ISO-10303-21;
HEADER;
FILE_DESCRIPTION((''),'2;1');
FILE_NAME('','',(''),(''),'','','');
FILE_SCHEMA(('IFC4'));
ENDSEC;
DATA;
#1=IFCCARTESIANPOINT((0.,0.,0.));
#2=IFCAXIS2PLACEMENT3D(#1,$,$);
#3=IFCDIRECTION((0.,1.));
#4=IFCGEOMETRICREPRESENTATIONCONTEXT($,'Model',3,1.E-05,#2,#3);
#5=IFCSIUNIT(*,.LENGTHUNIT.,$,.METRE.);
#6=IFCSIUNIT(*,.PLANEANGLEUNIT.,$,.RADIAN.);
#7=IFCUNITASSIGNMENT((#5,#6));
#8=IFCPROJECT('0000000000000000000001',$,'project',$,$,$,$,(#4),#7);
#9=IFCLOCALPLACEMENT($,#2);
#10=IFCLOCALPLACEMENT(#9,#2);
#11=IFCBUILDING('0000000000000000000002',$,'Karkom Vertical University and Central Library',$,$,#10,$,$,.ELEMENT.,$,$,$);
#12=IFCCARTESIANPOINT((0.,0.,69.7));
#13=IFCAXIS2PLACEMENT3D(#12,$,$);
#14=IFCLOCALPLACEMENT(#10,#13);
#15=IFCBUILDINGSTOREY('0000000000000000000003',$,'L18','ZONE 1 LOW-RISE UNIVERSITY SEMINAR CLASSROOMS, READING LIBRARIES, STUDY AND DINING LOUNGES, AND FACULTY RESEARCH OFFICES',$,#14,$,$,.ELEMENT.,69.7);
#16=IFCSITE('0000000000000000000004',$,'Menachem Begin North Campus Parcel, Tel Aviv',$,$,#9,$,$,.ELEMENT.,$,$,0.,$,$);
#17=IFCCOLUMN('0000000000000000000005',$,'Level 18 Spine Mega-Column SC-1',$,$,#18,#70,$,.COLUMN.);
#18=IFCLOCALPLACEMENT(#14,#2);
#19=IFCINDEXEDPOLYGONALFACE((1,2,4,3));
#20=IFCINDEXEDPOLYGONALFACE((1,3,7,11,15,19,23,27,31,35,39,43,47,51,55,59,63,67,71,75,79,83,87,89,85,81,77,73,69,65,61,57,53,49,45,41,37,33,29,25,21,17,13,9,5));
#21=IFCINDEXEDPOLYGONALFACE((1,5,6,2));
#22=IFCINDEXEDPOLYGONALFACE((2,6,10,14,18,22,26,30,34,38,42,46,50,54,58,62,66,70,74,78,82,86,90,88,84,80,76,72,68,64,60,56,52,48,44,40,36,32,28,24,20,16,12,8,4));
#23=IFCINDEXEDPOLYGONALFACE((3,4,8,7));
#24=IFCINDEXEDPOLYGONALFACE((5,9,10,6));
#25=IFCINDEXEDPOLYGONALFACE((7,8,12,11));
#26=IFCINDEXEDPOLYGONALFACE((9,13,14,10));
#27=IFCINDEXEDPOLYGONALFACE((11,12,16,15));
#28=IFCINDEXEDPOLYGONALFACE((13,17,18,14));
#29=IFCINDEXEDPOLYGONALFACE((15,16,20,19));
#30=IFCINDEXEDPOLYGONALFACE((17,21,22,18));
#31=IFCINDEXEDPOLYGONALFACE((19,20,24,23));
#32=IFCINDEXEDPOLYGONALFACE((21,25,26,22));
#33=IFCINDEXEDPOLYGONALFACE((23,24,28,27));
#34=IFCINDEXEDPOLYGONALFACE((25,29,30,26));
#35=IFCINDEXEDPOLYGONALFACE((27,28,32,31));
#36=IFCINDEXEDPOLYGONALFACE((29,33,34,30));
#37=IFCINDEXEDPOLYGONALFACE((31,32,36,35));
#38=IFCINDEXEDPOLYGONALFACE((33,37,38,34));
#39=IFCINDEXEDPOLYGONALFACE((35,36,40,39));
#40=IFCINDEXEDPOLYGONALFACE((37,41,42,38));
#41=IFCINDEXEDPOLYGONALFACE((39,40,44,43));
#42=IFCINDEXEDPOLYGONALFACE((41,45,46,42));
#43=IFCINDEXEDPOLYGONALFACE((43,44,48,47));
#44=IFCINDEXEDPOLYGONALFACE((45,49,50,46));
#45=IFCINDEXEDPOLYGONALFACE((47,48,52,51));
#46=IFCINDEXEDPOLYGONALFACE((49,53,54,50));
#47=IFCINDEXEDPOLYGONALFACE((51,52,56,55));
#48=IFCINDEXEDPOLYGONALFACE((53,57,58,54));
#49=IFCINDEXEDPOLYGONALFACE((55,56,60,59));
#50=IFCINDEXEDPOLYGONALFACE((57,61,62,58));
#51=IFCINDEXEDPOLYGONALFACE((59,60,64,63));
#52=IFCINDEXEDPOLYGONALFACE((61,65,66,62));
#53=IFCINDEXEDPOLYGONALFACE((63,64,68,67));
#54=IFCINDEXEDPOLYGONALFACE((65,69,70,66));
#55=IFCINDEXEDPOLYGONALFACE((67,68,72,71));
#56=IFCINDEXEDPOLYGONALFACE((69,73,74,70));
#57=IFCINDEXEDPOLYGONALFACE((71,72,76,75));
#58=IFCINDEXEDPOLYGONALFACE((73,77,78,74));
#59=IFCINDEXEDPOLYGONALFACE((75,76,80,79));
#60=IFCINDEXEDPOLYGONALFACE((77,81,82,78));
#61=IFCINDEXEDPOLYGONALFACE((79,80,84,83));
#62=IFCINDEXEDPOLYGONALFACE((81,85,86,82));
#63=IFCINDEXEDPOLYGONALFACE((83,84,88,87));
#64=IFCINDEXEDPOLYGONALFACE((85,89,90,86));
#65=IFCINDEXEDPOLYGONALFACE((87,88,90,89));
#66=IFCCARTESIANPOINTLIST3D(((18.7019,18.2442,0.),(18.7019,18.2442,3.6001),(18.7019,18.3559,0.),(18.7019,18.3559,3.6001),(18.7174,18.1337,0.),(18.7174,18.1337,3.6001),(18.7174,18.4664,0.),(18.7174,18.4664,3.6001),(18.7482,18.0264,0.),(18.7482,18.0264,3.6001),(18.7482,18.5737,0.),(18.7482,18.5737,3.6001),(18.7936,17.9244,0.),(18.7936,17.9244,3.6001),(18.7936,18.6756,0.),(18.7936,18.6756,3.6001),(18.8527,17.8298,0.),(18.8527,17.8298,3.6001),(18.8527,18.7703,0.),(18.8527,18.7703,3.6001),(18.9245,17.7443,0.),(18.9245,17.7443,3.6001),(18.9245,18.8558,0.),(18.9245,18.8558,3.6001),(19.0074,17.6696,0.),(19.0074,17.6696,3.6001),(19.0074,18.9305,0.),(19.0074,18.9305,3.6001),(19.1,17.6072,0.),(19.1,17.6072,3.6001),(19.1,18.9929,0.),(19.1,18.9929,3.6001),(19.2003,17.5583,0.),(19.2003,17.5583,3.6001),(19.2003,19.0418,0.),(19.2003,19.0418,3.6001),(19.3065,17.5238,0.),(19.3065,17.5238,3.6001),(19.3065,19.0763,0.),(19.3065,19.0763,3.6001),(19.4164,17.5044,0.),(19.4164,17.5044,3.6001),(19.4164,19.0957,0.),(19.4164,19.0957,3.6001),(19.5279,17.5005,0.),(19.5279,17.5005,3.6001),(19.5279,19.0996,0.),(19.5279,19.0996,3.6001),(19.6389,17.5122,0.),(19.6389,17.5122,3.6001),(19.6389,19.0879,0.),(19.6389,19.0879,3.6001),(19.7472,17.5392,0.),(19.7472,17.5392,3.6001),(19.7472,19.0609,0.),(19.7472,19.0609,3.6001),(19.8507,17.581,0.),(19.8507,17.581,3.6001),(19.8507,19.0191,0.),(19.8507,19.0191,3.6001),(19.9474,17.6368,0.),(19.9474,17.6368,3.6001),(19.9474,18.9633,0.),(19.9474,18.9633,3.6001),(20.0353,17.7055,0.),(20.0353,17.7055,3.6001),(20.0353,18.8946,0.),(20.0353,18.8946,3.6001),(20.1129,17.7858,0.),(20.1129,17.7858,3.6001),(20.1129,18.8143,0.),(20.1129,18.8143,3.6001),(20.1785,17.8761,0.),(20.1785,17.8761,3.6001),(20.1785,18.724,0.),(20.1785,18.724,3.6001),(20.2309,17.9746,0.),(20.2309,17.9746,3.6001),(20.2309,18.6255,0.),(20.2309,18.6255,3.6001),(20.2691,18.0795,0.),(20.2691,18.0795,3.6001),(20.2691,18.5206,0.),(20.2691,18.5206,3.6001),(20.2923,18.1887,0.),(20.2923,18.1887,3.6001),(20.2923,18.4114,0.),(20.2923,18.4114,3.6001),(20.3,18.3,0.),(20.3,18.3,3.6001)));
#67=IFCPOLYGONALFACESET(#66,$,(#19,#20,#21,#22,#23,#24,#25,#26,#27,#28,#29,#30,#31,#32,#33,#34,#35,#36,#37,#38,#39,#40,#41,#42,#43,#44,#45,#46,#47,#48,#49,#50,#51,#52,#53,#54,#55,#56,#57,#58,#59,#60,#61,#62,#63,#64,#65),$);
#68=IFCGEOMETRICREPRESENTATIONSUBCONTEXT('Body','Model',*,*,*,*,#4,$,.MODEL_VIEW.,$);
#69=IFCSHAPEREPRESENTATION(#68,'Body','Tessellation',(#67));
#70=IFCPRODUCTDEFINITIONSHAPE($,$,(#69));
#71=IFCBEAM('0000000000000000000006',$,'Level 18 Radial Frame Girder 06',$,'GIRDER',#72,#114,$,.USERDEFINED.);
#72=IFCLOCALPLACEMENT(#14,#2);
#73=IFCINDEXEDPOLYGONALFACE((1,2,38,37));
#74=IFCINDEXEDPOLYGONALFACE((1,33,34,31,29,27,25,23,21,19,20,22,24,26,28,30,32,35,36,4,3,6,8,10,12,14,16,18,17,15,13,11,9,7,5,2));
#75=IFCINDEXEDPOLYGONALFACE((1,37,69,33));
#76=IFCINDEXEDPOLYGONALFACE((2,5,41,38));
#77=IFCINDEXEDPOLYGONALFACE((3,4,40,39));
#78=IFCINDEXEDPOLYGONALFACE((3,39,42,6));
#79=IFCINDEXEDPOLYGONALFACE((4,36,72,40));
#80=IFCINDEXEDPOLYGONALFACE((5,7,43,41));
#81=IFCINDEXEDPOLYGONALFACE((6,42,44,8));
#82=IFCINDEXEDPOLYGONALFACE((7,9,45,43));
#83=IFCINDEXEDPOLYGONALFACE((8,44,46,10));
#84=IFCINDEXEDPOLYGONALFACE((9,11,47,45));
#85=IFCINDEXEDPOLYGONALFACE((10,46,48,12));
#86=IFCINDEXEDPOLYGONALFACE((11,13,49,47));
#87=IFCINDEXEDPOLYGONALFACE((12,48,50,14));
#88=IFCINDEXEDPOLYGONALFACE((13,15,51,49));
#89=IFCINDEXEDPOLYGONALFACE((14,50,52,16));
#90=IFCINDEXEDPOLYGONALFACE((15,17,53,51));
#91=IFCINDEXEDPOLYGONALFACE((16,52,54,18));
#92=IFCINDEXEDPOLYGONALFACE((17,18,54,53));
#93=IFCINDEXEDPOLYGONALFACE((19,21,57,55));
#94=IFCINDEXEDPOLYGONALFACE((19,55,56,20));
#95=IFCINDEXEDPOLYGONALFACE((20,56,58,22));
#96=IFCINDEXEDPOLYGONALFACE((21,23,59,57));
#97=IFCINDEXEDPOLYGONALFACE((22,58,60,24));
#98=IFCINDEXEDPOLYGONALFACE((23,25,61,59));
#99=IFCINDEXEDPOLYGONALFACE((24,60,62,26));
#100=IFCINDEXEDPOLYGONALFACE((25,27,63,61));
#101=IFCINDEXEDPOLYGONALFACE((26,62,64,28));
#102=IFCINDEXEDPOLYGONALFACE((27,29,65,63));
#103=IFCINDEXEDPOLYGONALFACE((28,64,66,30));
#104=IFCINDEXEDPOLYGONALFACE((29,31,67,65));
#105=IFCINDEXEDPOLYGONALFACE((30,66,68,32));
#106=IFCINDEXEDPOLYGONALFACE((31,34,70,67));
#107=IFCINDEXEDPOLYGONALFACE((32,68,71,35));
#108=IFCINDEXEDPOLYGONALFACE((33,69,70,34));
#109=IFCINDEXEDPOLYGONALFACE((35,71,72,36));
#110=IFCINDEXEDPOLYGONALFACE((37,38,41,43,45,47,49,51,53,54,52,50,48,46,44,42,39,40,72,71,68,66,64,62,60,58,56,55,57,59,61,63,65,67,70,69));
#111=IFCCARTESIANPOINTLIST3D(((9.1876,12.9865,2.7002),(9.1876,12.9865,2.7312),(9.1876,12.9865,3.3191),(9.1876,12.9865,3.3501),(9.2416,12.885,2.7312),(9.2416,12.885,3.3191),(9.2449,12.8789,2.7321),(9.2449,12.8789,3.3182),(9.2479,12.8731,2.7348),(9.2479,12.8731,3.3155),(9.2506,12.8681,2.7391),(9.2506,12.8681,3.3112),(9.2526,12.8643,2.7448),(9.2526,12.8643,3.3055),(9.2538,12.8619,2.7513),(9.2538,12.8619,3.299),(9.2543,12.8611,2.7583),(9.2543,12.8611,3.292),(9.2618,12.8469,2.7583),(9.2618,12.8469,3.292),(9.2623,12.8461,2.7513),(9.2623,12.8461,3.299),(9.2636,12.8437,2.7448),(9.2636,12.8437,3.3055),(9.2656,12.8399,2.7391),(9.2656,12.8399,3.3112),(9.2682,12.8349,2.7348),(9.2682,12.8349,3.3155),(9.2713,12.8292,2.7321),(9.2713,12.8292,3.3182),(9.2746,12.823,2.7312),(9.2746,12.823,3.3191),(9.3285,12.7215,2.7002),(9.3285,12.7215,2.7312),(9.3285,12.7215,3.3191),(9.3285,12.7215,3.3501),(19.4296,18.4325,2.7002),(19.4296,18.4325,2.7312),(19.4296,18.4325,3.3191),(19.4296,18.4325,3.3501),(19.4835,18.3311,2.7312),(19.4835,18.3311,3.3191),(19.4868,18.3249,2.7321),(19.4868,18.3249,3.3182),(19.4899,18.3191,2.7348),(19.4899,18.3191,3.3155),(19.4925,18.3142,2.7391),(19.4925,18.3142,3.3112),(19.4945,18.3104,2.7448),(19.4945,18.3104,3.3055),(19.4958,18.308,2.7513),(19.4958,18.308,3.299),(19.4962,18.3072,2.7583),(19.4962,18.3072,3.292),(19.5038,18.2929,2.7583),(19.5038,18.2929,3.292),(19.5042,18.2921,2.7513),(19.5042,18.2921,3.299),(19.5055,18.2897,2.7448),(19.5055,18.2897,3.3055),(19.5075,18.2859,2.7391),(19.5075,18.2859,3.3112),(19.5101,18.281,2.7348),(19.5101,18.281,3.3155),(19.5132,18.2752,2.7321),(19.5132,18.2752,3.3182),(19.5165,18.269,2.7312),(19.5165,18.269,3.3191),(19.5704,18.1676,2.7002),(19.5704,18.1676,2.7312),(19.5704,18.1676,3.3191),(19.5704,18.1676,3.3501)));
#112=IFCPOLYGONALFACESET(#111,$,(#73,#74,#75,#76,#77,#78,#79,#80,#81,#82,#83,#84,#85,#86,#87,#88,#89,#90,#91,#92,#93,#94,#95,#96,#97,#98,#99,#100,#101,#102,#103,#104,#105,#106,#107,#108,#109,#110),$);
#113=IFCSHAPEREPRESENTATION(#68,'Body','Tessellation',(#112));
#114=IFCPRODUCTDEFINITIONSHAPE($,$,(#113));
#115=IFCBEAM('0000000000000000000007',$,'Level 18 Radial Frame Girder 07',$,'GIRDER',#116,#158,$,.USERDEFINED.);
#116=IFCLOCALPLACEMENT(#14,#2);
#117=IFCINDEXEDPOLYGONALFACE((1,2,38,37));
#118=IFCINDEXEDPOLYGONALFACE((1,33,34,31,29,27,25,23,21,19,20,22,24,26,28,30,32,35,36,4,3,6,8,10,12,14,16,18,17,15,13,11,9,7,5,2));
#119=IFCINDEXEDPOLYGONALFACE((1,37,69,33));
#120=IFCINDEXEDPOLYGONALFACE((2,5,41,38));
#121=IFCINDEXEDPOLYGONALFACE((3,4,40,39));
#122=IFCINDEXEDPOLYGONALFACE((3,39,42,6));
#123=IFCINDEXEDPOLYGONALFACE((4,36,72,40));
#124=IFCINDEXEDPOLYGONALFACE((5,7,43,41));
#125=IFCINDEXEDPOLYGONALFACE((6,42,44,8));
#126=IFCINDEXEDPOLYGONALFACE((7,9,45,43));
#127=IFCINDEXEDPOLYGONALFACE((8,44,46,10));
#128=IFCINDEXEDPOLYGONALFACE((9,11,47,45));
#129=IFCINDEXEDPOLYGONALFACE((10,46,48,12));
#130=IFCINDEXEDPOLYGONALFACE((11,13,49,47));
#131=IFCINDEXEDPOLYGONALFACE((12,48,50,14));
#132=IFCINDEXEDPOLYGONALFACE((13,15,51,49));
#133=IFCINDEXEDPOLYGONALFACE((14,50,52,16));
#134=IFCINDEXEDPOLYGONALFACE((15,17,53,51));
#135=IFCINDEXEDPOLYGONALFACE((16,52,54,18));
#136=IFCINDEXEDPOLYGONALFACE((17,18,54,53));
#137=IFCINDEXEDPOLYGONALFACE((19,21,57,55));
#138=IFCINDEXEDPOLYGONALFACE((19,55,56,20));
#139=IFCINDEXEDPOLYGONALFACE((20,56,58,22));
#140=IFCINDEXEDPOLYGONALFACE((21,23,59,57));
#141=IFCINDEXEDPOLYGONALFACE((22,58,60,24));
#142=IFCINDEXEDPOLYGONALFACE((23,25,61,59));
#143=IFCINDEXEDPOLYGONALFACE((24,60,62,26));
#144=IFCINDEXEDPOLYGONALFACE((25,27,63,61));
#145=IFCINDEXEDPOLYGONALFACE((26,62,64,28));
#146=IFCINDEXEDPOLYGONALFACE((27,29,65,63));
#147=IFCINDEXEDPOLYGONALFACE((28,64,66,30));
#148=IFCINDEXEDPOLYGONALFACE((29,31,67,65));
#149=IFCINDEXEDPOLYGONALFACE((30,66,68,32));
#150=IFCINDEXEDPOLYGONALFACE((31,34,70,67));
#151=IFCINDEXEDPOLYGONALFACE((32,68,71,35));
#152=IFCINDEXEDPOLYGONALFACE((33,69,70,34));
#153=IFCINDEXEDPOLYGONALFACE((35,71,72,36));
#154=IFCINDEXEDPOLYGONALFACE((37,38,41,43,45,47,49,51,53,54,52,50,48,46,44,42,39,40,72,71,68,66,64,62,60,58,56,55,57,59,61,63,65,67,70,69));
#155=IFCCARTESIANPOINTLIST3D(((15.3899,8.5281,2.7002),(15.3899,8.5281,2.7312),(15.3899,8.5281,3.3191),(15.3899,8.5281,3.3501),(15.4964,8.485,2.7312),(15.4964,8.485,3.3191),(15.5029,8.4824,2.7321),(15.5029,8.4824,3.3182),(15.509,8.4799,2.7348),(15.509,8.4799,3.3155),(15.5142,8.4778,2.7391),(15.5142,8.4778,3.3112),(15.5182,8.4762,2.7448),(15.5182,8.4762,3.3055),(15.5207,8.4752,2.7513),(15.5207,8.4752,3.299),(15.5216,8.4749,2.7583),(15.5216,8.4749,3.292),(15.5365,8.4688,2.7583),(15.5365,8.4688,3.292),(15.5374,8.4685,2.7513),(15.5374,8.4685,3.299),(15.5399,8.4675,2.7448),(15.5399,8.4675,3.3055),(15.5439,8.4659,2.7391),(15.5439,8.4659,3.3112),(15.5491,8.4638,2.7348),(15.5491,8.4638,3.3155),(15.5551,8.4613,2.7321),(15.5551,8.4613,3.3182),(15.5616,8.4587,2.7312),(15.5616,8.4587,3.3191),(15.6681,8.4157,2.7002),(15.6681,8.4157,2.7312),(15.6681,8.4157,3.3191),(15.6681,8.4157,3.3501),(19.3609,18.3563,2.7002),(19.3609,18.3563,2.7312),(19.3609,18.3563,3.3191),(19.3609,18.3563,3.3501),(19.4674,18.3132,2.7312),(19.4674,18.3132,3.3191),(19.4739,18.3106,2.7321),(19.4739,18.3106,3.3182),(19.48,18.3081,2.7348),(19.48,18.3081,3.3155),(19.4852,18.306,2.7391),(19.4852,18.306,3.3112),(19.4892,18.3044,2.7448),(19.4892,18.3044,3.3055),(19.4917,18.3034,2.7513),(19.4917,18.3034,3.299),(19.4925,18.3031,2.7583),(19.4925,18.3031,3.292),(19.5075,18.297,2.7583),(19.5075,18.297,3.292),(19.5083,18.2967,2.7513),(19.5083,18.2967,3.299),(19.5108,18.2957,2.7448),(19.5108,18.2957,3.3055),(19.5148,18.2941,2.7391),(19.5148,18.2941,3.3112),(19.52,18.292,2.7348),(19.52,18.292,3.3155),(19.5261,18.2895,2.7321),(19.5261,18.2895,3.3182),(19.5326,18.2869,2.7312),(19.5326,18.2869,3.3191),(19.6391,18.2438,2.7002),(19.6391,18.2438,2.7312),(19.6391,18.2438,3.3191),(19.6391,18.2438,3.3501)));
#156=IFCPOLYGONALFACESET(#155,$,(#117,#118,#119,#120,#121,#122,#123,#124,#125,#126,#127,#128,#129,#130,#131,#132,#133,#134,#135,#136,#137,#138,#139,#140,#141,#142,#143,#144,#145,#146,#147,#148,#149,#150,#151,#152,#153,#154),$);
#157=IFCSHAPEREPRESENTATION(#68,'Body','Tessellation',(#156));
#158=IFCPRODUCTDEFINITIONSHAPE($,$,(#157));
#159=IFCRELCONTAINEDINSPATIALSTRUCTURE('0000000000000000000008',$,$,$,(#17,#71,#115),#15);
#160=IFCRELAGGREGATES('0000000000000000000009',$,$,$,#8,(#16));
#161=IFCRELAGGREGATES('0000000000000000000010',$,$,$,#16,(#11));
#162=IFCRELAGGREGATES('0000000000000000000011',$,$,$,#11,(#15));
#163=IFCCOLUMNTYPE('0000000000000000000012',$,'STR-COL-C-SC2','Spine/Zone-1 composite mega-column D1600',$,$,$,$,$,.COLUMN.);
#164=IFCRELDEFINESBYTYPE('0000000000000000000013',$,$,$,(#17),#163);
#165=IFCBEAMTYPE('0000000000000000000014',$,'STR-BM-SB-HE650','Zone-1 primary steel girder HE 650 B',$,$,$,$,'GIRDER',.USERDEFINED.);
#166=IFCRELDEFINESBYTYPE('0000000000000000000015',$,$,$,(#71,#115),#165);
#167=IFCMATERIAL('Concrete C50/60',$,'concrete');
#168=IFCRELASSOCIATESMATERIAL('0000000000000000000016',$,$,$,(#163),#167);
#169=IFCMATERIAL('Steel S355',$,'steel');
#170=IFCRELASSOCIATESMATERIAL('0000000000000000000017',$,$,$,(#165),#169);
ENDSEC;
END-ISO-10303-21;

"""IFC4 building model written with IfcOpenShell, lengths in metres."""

from ifc_helpers import new_model, si_unit, direction, frame, origin, origin_with_axes, origin_2d, place, context, subcontext, project, spatial, circle, i_section, extrude, source, transform, mapped, material, material_profile, profile_set, type_object, element, save


model = new_model("IFC4")

# Units and contexts
model_context = context("Model", 3, precision=1e-05, world=origin(), true_north=direction((0.0, 1.0)))
body_context = subcontext(model_context, "Body", "Model", "MODEL_VIEW")
ifc_project = project(units=[si_unit("LENGTHUNIT", "METRE"), si_unit("PLANEANGLEUNIT", "RADIAN")], contexts=[model_context])

# Site, building, storey
site_placement = place(None, origin())
site = spatial("IfcSite", under=ifc_project, at=site_placement, Name="Menachem Begin North Campus Parcel, Tel Aviv", CompositionType="ELEMENT", RefElevation=0.0)
building_placement = place(site_placement, origin())
building = spatial("IfcBuilding", under=site, at=building_placement, Name="Karkom Vertical University and Central Library", CompositionType="ELEMENT")
storey_placement = place(building_placement, frame((0.0, 0.0, 69.7)))
storey = spatial("IfcBuildingStorey", under=building, at=storey_placement, Name="L18", Description="ZONE 1 LOW-RISE UNIVERSITY SEMINAR CLASSROOMS, READING LIBRARIES, STUDY AND DINING LOUNGES, AND FACULTY RESEARCH OFFICES", CompositionType="ELEMENT", Elevation=69.7)

# Column
ifc_material_1 = material(Name="Concrete C50/60", Category="concrete")
ifc_material_profile_1 = material_profile(ifc_material_1, circle(Radius=0.8, at=origin_2d()), Name="CFT-D1600")
ifc_profile_set_1 = profile_set([ifc_material_profile_1], Name="Concrete C50/60")
column_type = type_object("IfcColumnType", Name="STR-COL-C-SC2", Description="Spine/Zone-1 composite mega-column D1600", PredefinedType="COLUMN", material=ifc_profile_set_1)
shared_shape_1 = source(origin_with_axes(), body_context, "Body", "SweptSolid", [
    extrude(circle(Radius=0.8, at=origin_2d()), origin(), (0.0, 0.0, 1.0), 3.6001),
])
column_placement = place(storey_placement, frame((19.5, 18.3, 0.0), z_axis=(0.0, 0.0, 1.0), x_axis=(1.0, 0.0, 0.0)))
element("IfcColumn", 1, at=column_placement, inside=storey, type_object=column_type, Name="Level 18 Spine Mega-Column SC-1", PredefinedType="COLUMN", context=body_context, shape_type="MappedRepresentation", body=[
    mapped(shared_shape_1, transform((0.0, 0.0, 0.0), scale=1.0)),
])

# Beams
ifc_material_2 = material(Name="Steel S355", Category="steel")
ifc_material_profile_2 = material_profile(ifc_material_2, i_section(OverallWidth=0.3, OverallDepth=0.6499, WebThickness=0.0161, FlangeThickness=0.031, FilletRadius=0.0271, at=origin_2d()), Name="HE 650 B")
ifc_profile_set_2 = profile_set([ifc_material_profile_2], Name="Steel S355")
beam_type_1 = type_object("IfcBeamType", Name="STR-BM-SB-HE650", Description="Zone-1 primary steel girder HE 650 B", ElementType="GIRDER", PredefinedType="USERDEFINED", material=ifc_profile_set_2)
shared_shape_2 = source(origin_with_axes(), body_context, "Body", "SweptSolid", [
    extrude(i_section(OverallWidth=0.3, OverallDepth=0.6499, WebThickness=0.0161, FlangeThickness=0.031, FilletRadius=0.0271, at=origin_2d()), origin(), (0.0, 0.0, 1.0), 11.5999),
])
beam_1_placement = place(storey_placement, frame((19.5, 18.3, 3.0251), z_axis=(-0.882937, -0.469492, 0.0), x_axis=(0.469492, -0.882937, 0.0)))
element("IfcBeam", 2, at=beam_1_placement, inside=storey, type_object=beam_type_1, Name="Level 18 Radial Frame Girder 06", ObjectType="GIRDER", PredefinedType="USERDEFINED", context=body_context, shape_type="MappedRepresentation", body=[
    mapped(shared_shape_2, transform((0.0, 0.0, 0.0), scale=1.0)),
])
shared_shape_3 = source(origin_with_axes(), body_context, "Body", "SweptSolid", [
    extrude(i_section(OverallWidth=0.3, OverallDepth=0.6499, WebThickness=0.0161, FlangeThickness=0.031, FilletRadius=0.0271, at=origin_2d()), origin(), (0.0, 0.0, 1.0), 10.6001),
])
beam_2_placement = place(storey_placement, frame((19.5, 18.3, 3.0251), z_axis=(-0.374617, -0.92718, 0.0), x_axis=(0.92718, -0.374617, 0.0)))
element("IfcBeam", 3, at=beam_2_placement, inside=storey, type_object=beam_type_1, Name="Level 18 Radial Frame Girder 07", ObjectType="GIRDER", PredefinedType="USERDEFINED", context=body_context, shape_type="MappedRepresentation", body=[
    mapped(shared_shape_3, transform((0.0, 0.0, 0.0), scale=1.0)),
])

save(model, "model.ifc")
